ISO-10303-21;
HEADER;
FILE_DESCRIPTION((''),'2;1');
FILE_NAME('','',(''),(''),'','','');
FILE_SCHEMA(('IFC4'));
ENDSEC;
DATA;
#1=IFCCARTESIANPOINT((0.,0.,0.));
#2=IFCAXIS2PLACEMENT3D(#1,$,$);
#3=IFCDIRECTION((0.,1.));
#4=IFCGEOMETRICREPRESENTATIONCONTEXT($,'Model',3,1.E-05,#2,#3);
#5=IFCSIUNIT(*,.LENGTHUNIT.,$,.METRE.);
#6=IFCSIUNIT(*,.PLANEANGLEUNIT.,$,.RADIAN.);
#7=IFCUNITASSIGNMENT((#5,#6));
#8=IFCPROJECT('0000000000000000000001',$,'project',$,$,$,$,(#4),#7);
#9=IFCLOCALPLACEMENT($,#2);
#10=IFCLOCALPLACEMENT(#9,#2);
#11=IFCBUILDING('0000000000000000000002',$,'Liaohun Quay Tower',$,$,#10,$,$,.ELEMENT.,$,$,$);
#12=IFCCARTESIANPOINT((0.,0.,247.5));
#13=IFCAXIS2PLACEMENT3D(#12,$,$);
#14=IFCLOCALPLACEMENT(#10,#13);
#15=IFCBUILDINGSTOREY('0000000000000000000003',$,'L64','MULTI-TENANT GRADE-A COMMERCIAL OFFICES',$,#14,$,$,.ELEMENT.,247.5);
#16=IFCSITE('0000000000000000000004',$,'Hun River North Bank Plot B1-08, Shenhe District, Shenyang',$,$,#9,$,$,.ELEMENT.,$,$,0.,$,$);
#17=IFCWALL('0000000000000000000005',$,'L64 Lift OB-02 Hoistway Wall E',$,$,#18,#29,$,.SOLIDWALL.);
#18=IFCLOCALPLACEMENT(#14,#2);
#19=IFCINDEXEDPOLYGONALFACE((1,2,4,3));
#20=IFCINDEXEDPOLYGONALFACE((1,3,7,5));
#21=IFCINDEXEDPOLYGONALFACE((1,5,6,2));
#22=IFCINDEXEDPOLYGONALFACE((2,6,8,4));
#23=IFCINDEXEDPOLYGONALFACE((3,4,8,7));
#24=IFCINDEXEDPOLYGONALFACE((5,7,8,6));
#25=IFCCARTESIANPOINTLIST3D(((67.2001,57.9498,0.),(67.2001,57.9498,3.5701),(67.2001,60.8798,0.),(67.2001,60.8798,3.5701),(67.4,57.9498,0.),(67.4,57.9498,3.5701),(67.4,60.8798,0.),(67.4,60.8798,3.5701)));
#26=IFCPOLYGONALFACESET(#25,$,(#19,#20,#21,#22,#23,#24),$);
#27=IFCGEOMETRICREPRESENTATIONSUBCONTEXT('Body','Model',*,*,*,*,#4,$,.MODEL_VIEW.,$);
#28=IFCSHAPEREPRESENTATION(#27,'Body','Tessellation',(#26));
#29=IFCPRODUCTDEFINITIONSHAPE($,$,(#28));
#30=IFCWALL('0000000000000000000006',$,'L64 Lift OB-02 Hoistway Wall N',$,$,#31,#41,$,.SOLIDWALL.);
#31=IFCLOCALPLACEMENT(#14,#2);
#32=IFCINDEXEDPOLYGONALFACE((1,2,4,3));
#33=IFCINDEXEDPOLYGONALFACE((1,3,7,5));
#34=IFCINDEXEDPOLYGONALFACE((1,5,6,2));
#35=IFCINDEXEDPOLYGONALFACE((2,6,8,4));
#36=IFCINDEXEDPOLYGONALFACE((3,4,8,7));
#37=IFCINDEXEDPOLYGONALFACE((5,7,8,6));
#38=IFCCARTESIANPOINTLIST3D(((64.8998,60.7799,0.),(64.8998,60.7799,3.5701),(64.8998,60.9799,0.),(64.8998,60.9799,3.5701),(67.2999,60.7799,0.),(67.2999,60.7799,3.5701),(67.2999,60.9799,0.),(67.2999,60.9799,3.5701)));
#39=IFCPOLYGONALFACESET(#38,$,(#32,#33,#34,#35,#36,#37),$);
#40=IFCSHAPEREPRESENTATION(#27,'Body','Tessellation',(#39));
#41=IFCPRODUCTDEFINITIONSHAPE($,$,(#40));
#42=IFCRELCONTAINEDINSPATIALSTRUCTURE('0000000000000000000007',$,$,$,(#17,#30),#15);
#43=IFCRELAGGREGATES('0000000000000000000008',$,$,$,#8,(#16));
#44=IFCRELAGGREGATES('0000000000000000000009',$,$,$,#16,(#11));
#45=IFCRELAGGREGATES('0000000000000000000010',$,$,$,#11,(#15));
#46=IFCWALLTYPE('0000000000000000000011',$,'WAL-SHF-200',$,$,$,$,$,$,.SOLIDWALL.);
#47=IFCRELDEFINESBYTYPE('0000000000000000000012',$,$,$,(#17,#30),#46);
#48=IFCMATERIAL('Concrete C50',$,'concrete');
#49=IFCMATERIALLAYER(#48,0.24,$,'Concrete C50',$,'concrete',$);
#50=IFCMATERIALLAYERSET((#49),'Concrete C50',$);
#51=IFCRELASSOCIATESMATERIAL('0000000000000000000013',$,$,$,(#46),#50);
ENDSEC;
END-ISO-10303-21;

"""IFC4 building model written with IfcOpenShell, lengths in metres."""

from ifc_helpers import new_model, si_unit, direction, frame, frame_2d, origin, place, context, subcontext, project, spatial, rectangle, extrude, material, layer, layer_set, type_object, element, save


model = new_model("IFC4")

# Units and contexts
model_context = context("Model", 3, precision=1e-05, world=origin(), true_north=direction((0.0, 1.0)))
body_context = subcontext(model_context, "Body", "Model", "MODEL_VIEW")
ifc_project = project(units=[si_unit("LENGTHUNIT", "METRE"), si_unit("PLANEANGLEUNIT", "RADIAN")], contexts=[model_context])

# Site, building, storey
site_placement = place(None, origin())
site = spatial("IfcSite", under=ifc_project, at=site_placement, Name="Hun River North Bank Plot B1-08, Shenhe District, Shenyang", CompositionType="ELEMENT", RefElevation=0.0)
building_placement = place(site_placement, origin())
building = spatial("IfcBuilding", under=site, at=building_placement, Name="Liaohun Quay Tower", CompositionType="ELEMENT")
storey_placement = place(building_placement, frame((0.0, 0.0, 247.5)))
storey = spatial("IfcBuildingStorey", under=building, at=storey_placement, Name="L64", Description="MULTI-TENANT GRADE-A COMMERCIAL OFFICES", CompositionType="ELEMENT", Elevation=247.5)

# Walls
ifc_material_1 = material(Name="Concrete C50", Category="concrete")
ifc_layer_1 = layer(ifc_material_1, 0.24, Name="Concrete C50", Category="concrete")
ifc_layer_set_1 = layer_set([ifc_layer_1], Name="Concrete C50")
wall_type_1 = type_object("IfcWallType", Name="WAL-SHF-200", PredefinedType="SOLIDWALL", material=ifc_layer_set_1)
wall_1_placement = place(storey_placement, frame((67.3, 57.95, 0.0), z_axis=(0.0, 0.0, 1.0), x_axis=(0.0, 1.0, 0.0)))
element("IfcWall", 1, at=wall_1_placement, inside=storey, type_object=wall_type_1, Name="L64 Lift OB-02 Hoistway Wall E", PredefinedType="SOLIDWALL", context=body_context, shape_type="SweptSolid", body=[
    extrude(rectangle(XDim=2.9299, YDim=0.2, at=frame_2d((1.4648, 0.0))), origin(), (0.0, 0.0, 1.0), 3.5701),
])
wall_2_placement = place(storey_placement, frame((67.3, 60.8799, 0.0), z_axis=(0.0, 0.0, 1.0), x_axis=(-1.0, 0.0, 0.0)))
element("IfcWall", 2, at=wall_2_placement, inside=storey, type_object=wall_type_1, Name="L64 Lift OB-02 Hoistway Wall N", PredefinedType="SOLIDWALL", context=body_context, shape_type="SweptSolid", body=[
    extrude(rectangle(XDim=2.4001, YDim=0.2, at=frame_2d((1.2002, 0.0))), origin(), (0.0, 0.0, 1.0), 3.5701),
])

save(model, "model.ifc")
